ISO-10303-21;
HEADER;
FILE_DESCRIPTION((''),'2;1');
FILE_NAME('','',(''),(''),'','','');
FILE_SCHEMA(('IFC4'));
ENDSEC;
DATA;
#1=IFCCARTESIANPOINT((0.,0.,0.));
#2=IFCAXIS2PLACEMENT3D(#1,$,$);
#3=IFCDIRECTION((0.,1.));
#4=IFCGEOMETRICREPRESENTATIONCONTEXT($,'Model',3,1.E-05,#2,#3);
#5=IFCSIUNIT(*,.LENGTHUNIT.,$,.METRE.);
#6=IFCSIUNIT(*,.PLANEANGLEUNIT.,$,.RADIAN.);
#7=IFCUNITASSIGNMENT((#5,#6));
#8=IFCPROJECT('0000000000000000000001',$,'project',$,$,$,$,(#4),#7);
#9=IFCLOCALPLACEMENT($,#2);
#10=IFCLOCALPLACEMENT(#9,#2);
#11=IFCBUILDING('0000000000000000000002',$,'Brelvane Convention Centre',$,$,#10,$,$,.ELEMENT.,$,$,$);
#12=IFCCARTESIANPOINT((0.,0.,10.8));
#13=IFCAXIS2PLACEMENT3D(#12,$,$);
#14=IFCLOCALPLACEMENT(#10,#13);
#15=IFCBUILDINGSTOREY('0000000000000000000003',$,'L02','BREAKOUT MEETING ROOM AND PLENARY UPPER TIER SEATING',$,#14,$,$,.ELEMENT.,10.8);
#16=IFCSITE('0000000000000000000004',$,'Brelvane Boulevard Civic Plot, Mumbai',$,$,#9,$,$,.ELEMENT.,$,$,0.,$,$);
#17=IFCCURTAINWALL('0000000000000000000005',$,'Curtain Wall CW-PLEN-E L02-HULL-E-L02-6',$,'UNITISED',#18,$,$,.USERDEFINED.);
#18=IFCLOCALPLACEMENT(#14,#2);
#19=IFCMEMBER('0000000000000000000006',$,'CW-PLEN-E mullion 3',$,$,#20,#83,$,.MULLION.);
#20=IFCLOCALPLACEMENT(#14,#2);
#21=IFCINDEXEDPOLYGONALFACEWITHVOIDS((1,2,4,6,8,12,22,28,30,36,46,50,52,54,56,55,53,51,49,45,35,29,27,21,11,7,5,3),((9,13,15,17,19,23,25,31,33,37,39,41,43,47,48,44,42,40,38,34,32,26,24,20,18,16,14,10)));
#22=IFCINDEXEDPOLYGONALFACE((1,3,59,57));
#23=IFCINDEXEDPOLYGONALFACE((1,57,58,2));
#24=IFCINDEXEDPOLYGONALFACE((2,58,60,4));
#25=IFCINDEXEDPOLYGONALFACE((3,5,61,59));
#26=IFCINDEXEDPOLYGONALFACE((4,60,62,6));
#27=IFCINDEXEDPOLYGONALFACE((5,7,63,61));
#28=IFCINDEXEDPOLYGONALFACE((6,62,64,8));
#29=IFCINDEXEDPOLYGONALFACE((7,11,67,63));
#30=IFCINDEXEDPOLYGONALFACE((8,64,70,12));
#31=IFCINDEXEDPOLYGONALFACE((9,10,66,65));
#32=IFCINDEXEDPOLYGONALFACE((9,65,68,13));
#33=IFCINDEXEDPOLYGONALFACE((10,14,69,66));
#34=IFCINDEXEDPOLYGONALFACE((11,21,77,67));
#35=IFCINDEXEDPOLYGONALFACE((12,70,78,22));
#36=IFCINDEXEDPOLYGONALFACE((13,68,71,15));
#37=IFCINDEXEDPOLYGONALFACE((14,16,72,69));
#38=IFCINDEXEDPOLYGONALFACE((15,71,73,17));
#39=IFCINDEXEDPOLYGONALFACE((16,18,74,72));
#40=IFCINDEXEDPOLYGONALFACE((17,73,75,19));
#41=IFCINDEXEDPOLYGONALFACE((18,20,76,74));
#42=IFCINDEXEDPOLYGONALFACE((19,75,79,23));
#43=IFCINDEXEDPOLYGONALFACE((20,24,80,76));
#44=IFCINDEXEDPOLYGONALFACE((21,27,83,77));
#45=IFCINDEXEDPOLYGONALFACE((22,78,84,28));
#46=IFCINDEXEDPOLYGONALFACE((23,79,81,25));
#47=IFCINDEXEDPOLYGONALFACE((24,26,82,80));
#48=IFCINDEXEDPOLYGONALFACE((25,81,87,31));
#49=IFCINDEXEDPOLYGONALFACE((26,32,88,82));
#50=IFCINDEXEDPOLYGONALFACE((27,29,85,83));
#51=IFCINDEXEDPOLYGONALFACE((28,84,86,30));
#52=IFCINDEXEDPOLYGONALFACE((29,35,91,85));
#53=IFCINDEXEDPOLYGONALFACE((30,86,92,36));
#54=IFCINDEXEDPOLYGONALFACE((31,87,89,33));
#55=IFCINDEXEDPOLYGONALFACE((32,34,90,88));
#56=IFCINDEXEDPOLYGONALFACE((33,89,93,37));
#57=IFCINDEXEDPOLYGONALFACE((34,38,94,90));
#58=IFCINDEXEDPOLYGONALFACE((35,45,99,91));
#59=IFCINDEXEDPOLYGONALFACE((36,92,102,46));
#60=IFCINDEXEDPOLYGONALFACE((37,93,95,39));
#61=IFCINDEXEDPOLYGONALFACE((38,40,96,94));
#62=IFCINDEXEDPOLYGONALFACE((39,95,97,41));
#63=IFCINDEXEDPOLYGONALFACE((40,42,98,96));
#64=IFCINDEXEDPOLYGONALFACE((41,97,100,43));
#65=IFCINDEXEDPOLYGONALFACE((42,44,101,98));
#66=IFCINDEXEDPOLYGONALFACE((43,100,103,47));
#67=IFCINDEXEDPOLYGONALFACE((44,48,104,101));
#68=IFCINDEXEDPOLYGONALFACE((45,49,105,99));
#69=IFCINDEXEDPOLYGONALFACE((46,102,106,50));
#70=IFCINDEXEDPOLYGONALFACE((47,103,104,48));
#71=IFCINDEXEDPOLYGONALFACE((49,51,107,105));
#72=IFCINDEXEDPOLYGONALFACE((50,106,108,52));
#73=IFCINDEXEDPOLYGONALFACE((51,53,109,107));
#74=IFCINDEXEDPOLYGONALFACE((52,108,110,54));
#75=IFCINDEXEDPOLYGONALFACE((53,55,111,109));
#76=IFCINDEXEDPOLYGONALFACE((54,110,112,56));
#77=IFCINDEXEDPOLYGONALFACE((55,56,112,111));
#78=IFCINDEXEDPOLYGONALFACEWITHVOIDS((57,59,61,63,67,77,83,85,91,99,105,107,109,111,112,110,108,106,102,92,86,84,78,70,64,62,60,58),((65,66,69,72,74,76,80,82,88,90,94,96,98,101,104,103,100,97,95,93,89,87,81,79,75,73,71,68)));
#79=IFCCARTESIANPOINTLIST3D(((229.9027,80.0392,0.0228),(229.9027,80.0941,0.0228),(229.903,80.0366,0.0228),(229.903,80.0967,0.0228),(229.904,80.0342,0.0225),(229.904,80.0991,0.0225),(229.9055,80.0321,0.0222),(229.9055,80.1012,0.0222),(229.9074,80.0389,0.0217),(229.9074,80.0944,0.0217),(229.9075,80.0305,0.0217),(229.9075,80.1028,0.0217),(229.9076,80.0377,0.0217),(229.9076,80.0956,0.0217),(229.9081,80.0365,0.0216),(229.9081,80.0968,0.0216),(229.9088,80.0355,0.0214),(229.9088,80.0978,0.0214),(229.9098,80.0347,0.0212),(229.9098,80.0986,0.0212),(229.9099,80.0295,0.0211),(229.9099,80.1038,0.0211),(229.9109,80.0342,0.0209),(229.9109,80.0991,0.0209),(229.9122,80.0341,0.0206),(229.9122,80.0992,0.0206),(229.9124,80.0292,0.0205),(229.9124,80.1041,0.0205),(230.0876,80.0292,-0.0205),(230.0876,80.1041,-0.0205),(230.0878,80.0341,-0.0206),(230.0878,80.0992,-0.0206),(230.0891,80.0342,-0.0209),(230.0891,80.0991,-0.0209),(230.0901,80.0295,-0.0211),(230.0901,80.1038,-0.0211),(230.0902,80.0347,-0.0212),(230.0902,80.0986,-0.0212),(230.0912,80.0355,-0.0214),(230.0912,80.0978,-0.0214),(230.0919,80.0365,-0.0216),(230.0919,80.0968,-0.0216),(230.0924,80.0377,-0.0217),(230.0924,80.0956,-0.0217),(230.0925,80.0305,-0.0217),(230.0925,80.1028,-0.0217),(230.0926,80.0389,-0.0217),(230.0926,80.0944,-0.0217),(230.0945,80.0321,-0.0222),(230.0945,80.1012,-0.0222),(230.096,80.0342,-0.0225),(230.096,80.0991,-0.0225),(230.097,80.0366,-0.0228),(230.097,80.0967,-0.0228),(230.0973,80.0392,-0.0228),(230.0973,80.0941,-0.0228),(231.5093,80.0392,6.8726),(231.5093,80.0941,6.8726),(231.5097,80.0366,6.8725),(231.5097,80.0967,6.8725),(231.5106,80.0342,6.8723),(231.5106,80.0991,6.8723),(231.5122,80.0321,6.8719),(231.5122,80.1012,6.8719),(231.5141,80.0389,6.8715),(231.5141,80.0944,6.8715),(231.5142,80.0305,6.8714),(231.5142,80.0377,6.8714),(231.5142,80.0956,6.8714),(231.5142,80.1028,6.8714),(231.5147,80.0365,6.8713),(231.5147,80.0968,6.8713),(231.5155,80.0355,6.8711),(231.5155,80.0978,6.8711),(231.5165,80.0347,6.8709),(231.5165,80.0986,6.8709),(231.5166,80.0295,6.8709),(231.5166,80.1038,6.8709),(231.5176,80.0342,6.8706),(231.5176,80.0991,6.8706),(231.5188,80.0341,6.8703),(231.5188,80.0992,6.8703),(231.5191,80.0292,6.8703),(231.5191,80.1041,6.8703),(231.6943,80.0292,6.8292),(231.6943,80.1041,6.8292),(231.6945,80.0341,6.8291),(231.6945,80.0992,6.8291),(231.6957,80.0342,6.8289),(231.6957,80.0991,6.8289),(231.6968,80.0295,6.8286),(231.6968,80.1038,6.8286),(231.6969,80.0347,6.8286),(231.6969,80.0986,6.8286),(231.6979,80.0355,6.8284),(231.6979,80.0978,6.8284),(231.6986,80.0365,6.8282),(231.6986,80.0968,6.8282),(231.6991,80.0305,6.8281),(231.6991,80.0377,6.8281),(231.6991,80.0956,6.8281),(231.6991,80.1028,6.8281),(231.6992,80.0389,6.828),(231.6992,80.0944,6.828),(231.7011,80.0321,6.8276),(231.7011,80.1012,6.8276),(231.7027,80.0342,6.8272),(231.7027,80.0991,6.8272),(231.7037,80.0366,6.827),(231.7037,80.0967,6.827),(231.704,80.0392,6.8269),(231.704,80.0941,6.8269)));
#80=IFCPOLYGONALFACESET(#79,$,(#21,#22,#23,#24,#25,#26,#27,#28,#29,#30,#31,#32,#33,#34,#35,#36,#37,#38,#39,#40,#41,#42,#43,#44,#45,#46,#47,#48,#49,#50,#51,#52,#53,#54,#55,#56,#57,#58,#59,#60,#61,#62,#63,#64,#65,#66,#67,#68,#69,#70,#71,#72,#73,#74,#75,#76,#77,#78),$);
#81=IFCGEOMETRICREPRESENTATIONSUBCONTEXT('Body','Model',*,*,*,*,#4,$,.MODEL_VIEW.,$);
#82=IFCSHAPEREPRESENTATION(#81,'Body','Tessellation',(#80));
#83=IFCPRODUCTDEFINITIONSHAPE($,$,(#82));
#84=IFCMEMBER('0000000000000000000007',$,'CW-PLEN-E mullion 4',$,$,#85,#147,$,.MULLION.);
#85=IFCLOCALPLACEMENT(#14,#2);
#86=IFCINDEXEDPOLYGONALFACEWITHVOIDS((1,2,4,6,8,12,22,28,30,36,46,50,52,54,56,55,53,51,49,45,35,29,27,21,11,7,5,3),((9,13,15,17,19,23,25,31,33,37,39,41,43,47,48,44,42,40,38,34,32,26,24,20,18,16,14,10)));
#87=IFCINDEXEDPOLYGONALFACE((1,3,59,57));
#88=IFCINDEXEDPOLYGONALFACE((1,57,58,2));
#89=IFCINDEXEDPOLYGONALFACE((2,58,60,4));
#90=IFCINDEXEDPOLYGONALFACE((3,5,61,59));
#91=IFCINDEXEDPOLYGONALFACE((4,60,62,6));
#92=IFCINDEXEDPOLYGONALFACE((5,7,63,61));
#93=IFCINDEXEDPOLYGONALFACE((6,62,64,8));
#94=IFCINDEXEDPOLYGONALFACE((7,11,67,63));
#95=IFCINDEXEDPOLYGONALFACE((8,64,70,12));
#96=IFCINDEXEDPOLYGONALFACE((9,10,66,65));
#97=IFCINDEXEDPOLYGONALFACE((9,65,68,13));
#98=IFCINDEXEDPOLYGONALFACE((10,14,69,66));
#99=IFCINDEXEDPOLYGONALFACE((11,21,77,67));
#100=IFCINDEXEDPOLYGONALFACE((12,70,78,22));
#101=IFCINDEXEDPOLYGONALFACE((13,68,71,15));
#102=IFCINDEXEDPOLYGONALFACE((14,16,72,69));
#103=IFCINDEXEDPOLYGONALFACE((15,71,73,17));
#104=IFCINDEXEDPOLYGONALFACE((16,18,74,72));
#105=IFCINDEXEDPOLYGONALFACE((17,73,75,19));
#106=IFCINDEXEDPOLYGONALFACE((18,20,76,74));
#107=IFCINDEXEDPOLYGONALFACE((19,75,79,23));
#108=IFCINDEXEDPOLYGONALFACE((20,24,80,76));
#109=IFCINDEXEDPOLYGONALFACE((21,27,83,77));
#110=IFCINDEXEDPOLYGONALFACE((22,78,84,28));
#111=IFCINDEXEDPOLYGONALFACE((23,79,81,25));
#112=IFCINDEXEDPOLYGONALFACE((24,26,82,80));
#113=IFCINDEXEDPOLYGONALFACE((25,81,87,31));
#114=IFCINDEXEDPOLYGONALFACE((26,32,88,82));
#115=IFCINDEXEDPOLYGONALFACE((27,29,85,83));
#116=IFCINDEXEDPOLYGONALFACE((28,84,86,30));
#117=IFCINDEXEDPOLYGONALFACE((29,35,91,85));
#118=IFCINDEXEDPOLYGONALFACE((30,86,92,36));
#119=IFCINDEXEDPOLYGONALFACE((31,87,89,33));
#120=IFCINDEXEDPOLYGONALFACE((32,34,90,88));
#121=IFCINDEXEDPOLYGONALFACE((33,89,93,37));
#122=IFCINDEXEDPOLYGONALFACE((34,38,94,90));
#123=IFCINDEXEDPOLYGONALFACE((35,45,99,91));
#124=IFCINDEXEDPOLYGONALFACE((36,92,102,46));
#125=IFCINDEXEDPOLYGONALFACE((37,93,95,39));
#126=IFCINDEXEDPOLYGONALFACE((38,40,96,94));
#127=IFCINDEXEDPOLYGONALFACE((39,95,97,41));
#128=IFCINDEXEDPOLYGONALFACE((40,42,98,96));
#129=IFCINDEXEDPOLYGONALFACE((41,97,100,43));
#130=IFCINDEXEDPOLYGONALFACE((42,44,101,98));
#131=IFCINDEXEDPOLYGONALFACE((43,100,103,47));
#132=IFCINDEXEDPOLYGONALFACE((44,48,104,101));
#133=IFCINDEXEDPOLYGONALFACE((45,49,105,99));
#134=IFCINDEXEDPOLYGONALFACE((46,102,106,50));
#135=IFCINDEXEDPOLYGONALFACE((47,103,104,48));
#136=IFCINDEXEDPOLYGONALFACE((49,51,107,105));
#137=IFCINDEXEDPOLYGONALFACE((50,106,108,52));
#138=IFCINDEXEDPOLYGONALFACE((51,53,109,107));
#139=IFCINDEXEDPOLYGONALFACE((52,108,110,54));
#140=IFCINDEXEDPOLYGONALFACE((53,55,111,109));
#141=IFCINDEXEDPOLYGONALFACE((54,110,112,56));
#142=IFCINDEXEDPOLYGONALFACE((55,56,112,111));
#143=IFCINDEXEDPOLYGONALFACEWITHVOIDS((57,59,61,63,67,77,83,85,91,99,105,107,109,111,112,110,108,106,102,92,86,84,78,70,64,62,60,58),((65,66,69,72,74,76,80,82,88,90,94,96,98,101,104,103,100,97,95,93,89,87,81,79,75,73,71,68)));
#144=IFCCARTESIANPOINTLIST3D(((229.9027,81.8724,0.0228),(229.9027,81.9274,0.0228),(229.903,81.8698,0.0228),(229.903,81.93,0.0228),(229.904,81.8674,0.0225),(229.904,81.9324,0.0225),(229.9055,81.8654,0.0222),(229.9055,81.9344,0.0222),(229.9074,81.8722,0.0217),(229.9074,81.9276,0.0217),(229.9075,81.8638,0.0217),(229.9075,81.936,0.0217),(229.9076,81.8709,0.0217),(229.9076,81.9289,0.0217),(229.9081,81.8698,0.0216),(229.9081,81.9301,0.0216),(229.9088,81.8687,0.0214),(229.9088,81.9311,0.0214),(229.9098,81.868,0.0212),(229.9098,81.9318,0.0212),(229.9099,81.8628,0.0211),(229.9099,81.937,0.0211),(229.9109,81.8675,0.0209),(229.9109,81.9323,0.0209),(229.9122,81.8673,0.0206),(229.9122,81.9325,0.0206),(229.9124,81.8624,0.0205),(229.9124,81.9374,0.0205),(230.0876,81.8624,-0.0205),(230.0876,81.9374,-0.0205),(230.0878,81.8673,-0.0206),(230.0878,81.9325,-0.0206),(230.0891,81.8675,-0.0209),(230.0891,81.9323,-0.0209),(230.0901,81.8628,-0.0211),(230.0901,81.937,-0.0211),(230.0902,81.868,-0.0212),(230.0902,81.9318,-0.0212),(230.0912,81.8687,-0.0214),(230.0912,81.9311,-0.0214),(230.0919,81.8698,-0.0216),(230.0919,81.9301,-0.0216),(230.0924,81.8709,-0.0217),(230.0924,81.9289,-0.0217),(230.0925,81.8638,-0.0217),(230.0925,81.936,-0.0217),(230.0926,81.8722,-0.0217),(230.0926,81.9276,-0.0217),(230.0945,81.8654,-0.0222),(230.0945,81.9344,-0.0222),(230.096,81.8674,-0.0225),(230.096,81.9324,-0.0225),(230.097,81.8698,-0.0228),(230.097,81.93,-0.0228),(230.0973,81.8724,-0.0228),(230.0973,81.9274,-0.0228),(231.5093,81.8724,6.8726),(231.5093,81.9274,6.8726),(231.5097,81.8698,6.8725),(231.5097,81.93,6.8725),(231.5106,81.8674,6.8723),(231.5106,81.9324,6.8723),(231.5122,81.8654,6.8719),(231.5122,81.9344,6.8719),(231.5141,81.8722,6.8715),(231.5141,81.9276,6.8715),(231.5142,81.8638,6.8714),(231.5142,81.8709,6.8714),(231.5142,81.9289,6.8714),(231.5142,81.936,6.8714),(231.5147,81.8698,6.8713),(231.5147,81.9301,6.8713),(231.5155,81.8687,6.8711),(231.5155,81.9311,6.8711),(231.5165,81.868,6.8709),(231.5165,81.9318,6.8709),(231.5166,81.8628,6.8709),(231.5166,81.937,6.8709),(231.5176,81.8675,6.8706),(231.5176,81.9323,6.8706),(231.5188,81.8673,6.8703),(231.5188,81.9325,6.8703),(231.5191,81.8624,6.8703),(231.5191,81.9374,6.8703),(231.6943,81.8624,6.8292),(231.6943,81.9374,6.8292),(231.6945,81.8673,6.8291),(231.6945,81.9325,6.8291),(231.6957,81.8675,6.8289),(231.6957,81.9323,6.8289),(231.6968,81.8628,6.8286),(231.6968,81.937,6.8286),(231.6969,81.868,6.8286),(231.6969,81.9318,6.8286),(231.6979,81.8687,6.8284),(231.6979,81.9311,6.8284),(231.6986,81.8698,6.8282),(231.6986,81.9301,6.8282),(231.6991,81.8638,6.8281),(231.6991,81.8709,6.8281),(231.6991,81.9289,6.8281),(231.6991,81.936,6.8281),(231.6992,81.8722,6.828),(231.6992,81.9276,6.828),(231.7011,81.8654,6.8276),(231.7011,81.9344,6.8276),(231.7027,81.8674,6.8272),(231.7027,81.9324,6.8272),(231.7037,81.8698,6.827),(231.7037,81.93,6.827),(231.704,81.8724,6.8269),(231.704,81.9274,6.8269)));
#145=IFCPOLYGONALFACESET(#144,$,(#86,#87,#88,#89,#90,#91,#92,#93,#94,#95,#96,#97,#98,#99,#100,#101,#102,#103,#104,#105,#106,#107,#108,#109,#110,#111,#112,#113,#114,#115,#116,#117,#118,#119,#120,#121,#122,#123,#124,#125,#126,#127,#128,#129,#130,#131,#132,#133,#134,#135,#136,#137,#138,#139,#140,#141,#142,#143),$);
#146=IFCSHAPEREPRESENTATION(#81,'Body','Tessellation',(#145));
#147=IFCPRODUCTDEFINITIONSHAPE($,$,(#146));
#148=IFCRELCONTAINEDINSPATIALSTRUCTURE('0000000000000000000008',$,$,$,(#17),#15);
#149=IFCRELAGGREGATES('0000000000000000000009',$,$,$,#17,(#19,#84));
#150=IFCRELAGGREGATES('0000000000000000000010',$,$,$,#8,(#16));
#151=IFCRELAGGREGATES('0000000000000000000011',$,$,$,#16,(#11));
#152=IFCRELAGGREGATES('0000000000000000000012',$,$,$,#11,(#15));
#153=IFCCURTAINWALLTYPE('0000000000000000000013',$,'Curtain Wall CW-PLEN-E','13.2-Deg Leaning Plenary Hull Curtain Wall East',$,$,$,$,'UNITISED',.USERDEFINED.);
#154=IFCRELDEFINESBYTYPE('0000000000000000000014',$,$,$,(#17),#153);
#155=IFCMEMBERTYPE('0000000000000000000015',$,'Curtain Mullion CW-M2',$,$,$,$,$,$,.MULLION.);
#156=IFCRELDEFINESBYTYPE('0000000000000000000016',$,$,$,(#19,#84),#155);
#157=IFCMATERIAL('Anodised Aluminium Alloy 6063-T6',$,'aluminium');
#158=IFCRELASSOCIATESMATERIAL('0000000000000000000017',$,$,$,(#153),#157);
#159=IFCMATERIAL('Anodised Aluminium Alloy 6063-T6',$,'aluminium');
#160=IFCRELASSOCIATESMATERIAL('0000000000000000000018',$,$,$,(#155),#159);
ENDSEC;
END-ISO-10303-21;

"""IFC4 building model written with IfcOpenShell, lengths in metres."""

from ifc_helpers import new_model, si_unit, direction, frame, origin, origin_2d, place, context, subcontext, project, spatial, hollow_rectangle, extrude, material, material_profile, profile_set, type_object, element, aggregate, save


model = new_model("IFC4")

# Units and contexts
model_context = context("Model", 3, precision=1e-05, world=origin(), true_north=direction((0.0, 1.0)))
body_context = subcontext(model_context, "Body", "Model", "MODEL_VIEW")
ifc_project = project(units=[si_unit("LENGTHUNIT", "METRE"), si_unit("PLANEANGLEUNIT", "RADIAN")], contexts=[model_context])

# Site, building, storey
site_placement = place(None, origin())
site = spatial("IfcSite", under=ifc_project, at=site_placement, Name="Brelvane Boulevard Civic Plot, Mumbai", CompositionType="ELEMENT", RefElevation=0.0)
building_placement = place(site_placement, origin())
building = spatial("IfcBuilding", under=site, at=building_placement, Name="Brelvane Convention Centre", CompositionType="ELEMENT")
storey_placement = place(building_placement, frame((0.0, 0.0, 10.8)))
storey = spatial("IfcBuildingStorey", under=building, at=storey_placement, Name="L02", Description="BREAKOUT MEETING ROOM AND PLENARY UPPER TIER SEATING", CompositionType="ELEMENT", Elevation=10.8)

# Curtain wall, members
ifc_material_1 = material(Name="Anodised Aluminium Alloy 6063-T6", Category="aluminium")
curtain_wall_type = type_object("IfcCurtainWallType", Name="Curtain Wall CW-PLEN-E", Description="13.2-Deg Leaning Plenary Hull Curtain Wall East", ElementType="UNITISED", PredefinedType="USERDEFINED", material=ifc_material_1)
ifc_material_2 = material(Name="Anodised Aluminium Alloy 6063-T6", Category="aluminium")
ifc_material_profile_1 = material_profile(ifc_material_2, hollow_rectangle(XDim=0.075, YDim=0.2, WallThickness=0.0049, InnerFilletRadius=0.0049, OuterFilletRadius=0.01, at=origin_2d()), Name="ALU-M 200x75x5.0")
ifc_profile_set_1 = profile_set([ifc_material_profile_1], Name="Anodised Aluminium Alloy 6063-T6")
member_type_1 = type_object("IfcMemberType", Name="Curtain Mullion CW-M2", PredefinedType="MULLION", material=ifc_profile_set_1)
curtain_wall_1_placement = place(storey_placement, origin())
curtain_wall_1 = element("IfcCurtainWall", 1, at=curtain_wall_1_placement, inside=storey, type_object=curtain_wall_type, Name="Curtain Wall CW-PLEN-E L02-HULL-E-L02-6", ObjectType="UNITISED", PredefinedType="USERDEFINED")
member_1_placement = place(storey_placement, frame((230.0, 80.0667, 0.0), z_axis=(0.22836, 0.0, 0.973577), x_axis=(0.0, 1.0, 0.0)))
member_1 = element("IfcMember", 2, at=member_1_placement, type_object=member_type_1, Name="CW-PLEN-E mullion 3", PredefinedType="MULLION", context=body_context, shape_type="SweptSolid", body=[
    extrude(hollow_rectangle(XDim=0.075, YDim=0.2, WallThickness=0.0049, InnerFilletRadius=0.0049, OuterFilletRadius=0.01, at=origin_2d()), origin(), (0.0, 0.0, 1.0), 7.0356),
])
member_2_placement = place(storey_placement, frame((230.0, 81.8999, 0.0), z_axis=(0.22836, 0.0, 0.973577), x_axis=(0.0, 1.0, 0.0)))
member_2 = element("IfcMember", 3, at=member_2_placement, type_object=member_type_1, Name="CW-PLEN-E mullion 4", PredefinedType="MULLION", context=body_context, shape_type="SweptSolid", body=[
    extrude(hollow_rectangle(XDim=0.075, YDim=0.2, WallThickness=0.0049, InnerFilletRadius=0.0049, OuterFilletRadius=0.01, at=origin_2d()), origin(), (0.0, 0.0, 1.0), 7.0356),
])

aggregate(curtain_wall_1, [member_1, member_2])

save(model, "model.ifc")
